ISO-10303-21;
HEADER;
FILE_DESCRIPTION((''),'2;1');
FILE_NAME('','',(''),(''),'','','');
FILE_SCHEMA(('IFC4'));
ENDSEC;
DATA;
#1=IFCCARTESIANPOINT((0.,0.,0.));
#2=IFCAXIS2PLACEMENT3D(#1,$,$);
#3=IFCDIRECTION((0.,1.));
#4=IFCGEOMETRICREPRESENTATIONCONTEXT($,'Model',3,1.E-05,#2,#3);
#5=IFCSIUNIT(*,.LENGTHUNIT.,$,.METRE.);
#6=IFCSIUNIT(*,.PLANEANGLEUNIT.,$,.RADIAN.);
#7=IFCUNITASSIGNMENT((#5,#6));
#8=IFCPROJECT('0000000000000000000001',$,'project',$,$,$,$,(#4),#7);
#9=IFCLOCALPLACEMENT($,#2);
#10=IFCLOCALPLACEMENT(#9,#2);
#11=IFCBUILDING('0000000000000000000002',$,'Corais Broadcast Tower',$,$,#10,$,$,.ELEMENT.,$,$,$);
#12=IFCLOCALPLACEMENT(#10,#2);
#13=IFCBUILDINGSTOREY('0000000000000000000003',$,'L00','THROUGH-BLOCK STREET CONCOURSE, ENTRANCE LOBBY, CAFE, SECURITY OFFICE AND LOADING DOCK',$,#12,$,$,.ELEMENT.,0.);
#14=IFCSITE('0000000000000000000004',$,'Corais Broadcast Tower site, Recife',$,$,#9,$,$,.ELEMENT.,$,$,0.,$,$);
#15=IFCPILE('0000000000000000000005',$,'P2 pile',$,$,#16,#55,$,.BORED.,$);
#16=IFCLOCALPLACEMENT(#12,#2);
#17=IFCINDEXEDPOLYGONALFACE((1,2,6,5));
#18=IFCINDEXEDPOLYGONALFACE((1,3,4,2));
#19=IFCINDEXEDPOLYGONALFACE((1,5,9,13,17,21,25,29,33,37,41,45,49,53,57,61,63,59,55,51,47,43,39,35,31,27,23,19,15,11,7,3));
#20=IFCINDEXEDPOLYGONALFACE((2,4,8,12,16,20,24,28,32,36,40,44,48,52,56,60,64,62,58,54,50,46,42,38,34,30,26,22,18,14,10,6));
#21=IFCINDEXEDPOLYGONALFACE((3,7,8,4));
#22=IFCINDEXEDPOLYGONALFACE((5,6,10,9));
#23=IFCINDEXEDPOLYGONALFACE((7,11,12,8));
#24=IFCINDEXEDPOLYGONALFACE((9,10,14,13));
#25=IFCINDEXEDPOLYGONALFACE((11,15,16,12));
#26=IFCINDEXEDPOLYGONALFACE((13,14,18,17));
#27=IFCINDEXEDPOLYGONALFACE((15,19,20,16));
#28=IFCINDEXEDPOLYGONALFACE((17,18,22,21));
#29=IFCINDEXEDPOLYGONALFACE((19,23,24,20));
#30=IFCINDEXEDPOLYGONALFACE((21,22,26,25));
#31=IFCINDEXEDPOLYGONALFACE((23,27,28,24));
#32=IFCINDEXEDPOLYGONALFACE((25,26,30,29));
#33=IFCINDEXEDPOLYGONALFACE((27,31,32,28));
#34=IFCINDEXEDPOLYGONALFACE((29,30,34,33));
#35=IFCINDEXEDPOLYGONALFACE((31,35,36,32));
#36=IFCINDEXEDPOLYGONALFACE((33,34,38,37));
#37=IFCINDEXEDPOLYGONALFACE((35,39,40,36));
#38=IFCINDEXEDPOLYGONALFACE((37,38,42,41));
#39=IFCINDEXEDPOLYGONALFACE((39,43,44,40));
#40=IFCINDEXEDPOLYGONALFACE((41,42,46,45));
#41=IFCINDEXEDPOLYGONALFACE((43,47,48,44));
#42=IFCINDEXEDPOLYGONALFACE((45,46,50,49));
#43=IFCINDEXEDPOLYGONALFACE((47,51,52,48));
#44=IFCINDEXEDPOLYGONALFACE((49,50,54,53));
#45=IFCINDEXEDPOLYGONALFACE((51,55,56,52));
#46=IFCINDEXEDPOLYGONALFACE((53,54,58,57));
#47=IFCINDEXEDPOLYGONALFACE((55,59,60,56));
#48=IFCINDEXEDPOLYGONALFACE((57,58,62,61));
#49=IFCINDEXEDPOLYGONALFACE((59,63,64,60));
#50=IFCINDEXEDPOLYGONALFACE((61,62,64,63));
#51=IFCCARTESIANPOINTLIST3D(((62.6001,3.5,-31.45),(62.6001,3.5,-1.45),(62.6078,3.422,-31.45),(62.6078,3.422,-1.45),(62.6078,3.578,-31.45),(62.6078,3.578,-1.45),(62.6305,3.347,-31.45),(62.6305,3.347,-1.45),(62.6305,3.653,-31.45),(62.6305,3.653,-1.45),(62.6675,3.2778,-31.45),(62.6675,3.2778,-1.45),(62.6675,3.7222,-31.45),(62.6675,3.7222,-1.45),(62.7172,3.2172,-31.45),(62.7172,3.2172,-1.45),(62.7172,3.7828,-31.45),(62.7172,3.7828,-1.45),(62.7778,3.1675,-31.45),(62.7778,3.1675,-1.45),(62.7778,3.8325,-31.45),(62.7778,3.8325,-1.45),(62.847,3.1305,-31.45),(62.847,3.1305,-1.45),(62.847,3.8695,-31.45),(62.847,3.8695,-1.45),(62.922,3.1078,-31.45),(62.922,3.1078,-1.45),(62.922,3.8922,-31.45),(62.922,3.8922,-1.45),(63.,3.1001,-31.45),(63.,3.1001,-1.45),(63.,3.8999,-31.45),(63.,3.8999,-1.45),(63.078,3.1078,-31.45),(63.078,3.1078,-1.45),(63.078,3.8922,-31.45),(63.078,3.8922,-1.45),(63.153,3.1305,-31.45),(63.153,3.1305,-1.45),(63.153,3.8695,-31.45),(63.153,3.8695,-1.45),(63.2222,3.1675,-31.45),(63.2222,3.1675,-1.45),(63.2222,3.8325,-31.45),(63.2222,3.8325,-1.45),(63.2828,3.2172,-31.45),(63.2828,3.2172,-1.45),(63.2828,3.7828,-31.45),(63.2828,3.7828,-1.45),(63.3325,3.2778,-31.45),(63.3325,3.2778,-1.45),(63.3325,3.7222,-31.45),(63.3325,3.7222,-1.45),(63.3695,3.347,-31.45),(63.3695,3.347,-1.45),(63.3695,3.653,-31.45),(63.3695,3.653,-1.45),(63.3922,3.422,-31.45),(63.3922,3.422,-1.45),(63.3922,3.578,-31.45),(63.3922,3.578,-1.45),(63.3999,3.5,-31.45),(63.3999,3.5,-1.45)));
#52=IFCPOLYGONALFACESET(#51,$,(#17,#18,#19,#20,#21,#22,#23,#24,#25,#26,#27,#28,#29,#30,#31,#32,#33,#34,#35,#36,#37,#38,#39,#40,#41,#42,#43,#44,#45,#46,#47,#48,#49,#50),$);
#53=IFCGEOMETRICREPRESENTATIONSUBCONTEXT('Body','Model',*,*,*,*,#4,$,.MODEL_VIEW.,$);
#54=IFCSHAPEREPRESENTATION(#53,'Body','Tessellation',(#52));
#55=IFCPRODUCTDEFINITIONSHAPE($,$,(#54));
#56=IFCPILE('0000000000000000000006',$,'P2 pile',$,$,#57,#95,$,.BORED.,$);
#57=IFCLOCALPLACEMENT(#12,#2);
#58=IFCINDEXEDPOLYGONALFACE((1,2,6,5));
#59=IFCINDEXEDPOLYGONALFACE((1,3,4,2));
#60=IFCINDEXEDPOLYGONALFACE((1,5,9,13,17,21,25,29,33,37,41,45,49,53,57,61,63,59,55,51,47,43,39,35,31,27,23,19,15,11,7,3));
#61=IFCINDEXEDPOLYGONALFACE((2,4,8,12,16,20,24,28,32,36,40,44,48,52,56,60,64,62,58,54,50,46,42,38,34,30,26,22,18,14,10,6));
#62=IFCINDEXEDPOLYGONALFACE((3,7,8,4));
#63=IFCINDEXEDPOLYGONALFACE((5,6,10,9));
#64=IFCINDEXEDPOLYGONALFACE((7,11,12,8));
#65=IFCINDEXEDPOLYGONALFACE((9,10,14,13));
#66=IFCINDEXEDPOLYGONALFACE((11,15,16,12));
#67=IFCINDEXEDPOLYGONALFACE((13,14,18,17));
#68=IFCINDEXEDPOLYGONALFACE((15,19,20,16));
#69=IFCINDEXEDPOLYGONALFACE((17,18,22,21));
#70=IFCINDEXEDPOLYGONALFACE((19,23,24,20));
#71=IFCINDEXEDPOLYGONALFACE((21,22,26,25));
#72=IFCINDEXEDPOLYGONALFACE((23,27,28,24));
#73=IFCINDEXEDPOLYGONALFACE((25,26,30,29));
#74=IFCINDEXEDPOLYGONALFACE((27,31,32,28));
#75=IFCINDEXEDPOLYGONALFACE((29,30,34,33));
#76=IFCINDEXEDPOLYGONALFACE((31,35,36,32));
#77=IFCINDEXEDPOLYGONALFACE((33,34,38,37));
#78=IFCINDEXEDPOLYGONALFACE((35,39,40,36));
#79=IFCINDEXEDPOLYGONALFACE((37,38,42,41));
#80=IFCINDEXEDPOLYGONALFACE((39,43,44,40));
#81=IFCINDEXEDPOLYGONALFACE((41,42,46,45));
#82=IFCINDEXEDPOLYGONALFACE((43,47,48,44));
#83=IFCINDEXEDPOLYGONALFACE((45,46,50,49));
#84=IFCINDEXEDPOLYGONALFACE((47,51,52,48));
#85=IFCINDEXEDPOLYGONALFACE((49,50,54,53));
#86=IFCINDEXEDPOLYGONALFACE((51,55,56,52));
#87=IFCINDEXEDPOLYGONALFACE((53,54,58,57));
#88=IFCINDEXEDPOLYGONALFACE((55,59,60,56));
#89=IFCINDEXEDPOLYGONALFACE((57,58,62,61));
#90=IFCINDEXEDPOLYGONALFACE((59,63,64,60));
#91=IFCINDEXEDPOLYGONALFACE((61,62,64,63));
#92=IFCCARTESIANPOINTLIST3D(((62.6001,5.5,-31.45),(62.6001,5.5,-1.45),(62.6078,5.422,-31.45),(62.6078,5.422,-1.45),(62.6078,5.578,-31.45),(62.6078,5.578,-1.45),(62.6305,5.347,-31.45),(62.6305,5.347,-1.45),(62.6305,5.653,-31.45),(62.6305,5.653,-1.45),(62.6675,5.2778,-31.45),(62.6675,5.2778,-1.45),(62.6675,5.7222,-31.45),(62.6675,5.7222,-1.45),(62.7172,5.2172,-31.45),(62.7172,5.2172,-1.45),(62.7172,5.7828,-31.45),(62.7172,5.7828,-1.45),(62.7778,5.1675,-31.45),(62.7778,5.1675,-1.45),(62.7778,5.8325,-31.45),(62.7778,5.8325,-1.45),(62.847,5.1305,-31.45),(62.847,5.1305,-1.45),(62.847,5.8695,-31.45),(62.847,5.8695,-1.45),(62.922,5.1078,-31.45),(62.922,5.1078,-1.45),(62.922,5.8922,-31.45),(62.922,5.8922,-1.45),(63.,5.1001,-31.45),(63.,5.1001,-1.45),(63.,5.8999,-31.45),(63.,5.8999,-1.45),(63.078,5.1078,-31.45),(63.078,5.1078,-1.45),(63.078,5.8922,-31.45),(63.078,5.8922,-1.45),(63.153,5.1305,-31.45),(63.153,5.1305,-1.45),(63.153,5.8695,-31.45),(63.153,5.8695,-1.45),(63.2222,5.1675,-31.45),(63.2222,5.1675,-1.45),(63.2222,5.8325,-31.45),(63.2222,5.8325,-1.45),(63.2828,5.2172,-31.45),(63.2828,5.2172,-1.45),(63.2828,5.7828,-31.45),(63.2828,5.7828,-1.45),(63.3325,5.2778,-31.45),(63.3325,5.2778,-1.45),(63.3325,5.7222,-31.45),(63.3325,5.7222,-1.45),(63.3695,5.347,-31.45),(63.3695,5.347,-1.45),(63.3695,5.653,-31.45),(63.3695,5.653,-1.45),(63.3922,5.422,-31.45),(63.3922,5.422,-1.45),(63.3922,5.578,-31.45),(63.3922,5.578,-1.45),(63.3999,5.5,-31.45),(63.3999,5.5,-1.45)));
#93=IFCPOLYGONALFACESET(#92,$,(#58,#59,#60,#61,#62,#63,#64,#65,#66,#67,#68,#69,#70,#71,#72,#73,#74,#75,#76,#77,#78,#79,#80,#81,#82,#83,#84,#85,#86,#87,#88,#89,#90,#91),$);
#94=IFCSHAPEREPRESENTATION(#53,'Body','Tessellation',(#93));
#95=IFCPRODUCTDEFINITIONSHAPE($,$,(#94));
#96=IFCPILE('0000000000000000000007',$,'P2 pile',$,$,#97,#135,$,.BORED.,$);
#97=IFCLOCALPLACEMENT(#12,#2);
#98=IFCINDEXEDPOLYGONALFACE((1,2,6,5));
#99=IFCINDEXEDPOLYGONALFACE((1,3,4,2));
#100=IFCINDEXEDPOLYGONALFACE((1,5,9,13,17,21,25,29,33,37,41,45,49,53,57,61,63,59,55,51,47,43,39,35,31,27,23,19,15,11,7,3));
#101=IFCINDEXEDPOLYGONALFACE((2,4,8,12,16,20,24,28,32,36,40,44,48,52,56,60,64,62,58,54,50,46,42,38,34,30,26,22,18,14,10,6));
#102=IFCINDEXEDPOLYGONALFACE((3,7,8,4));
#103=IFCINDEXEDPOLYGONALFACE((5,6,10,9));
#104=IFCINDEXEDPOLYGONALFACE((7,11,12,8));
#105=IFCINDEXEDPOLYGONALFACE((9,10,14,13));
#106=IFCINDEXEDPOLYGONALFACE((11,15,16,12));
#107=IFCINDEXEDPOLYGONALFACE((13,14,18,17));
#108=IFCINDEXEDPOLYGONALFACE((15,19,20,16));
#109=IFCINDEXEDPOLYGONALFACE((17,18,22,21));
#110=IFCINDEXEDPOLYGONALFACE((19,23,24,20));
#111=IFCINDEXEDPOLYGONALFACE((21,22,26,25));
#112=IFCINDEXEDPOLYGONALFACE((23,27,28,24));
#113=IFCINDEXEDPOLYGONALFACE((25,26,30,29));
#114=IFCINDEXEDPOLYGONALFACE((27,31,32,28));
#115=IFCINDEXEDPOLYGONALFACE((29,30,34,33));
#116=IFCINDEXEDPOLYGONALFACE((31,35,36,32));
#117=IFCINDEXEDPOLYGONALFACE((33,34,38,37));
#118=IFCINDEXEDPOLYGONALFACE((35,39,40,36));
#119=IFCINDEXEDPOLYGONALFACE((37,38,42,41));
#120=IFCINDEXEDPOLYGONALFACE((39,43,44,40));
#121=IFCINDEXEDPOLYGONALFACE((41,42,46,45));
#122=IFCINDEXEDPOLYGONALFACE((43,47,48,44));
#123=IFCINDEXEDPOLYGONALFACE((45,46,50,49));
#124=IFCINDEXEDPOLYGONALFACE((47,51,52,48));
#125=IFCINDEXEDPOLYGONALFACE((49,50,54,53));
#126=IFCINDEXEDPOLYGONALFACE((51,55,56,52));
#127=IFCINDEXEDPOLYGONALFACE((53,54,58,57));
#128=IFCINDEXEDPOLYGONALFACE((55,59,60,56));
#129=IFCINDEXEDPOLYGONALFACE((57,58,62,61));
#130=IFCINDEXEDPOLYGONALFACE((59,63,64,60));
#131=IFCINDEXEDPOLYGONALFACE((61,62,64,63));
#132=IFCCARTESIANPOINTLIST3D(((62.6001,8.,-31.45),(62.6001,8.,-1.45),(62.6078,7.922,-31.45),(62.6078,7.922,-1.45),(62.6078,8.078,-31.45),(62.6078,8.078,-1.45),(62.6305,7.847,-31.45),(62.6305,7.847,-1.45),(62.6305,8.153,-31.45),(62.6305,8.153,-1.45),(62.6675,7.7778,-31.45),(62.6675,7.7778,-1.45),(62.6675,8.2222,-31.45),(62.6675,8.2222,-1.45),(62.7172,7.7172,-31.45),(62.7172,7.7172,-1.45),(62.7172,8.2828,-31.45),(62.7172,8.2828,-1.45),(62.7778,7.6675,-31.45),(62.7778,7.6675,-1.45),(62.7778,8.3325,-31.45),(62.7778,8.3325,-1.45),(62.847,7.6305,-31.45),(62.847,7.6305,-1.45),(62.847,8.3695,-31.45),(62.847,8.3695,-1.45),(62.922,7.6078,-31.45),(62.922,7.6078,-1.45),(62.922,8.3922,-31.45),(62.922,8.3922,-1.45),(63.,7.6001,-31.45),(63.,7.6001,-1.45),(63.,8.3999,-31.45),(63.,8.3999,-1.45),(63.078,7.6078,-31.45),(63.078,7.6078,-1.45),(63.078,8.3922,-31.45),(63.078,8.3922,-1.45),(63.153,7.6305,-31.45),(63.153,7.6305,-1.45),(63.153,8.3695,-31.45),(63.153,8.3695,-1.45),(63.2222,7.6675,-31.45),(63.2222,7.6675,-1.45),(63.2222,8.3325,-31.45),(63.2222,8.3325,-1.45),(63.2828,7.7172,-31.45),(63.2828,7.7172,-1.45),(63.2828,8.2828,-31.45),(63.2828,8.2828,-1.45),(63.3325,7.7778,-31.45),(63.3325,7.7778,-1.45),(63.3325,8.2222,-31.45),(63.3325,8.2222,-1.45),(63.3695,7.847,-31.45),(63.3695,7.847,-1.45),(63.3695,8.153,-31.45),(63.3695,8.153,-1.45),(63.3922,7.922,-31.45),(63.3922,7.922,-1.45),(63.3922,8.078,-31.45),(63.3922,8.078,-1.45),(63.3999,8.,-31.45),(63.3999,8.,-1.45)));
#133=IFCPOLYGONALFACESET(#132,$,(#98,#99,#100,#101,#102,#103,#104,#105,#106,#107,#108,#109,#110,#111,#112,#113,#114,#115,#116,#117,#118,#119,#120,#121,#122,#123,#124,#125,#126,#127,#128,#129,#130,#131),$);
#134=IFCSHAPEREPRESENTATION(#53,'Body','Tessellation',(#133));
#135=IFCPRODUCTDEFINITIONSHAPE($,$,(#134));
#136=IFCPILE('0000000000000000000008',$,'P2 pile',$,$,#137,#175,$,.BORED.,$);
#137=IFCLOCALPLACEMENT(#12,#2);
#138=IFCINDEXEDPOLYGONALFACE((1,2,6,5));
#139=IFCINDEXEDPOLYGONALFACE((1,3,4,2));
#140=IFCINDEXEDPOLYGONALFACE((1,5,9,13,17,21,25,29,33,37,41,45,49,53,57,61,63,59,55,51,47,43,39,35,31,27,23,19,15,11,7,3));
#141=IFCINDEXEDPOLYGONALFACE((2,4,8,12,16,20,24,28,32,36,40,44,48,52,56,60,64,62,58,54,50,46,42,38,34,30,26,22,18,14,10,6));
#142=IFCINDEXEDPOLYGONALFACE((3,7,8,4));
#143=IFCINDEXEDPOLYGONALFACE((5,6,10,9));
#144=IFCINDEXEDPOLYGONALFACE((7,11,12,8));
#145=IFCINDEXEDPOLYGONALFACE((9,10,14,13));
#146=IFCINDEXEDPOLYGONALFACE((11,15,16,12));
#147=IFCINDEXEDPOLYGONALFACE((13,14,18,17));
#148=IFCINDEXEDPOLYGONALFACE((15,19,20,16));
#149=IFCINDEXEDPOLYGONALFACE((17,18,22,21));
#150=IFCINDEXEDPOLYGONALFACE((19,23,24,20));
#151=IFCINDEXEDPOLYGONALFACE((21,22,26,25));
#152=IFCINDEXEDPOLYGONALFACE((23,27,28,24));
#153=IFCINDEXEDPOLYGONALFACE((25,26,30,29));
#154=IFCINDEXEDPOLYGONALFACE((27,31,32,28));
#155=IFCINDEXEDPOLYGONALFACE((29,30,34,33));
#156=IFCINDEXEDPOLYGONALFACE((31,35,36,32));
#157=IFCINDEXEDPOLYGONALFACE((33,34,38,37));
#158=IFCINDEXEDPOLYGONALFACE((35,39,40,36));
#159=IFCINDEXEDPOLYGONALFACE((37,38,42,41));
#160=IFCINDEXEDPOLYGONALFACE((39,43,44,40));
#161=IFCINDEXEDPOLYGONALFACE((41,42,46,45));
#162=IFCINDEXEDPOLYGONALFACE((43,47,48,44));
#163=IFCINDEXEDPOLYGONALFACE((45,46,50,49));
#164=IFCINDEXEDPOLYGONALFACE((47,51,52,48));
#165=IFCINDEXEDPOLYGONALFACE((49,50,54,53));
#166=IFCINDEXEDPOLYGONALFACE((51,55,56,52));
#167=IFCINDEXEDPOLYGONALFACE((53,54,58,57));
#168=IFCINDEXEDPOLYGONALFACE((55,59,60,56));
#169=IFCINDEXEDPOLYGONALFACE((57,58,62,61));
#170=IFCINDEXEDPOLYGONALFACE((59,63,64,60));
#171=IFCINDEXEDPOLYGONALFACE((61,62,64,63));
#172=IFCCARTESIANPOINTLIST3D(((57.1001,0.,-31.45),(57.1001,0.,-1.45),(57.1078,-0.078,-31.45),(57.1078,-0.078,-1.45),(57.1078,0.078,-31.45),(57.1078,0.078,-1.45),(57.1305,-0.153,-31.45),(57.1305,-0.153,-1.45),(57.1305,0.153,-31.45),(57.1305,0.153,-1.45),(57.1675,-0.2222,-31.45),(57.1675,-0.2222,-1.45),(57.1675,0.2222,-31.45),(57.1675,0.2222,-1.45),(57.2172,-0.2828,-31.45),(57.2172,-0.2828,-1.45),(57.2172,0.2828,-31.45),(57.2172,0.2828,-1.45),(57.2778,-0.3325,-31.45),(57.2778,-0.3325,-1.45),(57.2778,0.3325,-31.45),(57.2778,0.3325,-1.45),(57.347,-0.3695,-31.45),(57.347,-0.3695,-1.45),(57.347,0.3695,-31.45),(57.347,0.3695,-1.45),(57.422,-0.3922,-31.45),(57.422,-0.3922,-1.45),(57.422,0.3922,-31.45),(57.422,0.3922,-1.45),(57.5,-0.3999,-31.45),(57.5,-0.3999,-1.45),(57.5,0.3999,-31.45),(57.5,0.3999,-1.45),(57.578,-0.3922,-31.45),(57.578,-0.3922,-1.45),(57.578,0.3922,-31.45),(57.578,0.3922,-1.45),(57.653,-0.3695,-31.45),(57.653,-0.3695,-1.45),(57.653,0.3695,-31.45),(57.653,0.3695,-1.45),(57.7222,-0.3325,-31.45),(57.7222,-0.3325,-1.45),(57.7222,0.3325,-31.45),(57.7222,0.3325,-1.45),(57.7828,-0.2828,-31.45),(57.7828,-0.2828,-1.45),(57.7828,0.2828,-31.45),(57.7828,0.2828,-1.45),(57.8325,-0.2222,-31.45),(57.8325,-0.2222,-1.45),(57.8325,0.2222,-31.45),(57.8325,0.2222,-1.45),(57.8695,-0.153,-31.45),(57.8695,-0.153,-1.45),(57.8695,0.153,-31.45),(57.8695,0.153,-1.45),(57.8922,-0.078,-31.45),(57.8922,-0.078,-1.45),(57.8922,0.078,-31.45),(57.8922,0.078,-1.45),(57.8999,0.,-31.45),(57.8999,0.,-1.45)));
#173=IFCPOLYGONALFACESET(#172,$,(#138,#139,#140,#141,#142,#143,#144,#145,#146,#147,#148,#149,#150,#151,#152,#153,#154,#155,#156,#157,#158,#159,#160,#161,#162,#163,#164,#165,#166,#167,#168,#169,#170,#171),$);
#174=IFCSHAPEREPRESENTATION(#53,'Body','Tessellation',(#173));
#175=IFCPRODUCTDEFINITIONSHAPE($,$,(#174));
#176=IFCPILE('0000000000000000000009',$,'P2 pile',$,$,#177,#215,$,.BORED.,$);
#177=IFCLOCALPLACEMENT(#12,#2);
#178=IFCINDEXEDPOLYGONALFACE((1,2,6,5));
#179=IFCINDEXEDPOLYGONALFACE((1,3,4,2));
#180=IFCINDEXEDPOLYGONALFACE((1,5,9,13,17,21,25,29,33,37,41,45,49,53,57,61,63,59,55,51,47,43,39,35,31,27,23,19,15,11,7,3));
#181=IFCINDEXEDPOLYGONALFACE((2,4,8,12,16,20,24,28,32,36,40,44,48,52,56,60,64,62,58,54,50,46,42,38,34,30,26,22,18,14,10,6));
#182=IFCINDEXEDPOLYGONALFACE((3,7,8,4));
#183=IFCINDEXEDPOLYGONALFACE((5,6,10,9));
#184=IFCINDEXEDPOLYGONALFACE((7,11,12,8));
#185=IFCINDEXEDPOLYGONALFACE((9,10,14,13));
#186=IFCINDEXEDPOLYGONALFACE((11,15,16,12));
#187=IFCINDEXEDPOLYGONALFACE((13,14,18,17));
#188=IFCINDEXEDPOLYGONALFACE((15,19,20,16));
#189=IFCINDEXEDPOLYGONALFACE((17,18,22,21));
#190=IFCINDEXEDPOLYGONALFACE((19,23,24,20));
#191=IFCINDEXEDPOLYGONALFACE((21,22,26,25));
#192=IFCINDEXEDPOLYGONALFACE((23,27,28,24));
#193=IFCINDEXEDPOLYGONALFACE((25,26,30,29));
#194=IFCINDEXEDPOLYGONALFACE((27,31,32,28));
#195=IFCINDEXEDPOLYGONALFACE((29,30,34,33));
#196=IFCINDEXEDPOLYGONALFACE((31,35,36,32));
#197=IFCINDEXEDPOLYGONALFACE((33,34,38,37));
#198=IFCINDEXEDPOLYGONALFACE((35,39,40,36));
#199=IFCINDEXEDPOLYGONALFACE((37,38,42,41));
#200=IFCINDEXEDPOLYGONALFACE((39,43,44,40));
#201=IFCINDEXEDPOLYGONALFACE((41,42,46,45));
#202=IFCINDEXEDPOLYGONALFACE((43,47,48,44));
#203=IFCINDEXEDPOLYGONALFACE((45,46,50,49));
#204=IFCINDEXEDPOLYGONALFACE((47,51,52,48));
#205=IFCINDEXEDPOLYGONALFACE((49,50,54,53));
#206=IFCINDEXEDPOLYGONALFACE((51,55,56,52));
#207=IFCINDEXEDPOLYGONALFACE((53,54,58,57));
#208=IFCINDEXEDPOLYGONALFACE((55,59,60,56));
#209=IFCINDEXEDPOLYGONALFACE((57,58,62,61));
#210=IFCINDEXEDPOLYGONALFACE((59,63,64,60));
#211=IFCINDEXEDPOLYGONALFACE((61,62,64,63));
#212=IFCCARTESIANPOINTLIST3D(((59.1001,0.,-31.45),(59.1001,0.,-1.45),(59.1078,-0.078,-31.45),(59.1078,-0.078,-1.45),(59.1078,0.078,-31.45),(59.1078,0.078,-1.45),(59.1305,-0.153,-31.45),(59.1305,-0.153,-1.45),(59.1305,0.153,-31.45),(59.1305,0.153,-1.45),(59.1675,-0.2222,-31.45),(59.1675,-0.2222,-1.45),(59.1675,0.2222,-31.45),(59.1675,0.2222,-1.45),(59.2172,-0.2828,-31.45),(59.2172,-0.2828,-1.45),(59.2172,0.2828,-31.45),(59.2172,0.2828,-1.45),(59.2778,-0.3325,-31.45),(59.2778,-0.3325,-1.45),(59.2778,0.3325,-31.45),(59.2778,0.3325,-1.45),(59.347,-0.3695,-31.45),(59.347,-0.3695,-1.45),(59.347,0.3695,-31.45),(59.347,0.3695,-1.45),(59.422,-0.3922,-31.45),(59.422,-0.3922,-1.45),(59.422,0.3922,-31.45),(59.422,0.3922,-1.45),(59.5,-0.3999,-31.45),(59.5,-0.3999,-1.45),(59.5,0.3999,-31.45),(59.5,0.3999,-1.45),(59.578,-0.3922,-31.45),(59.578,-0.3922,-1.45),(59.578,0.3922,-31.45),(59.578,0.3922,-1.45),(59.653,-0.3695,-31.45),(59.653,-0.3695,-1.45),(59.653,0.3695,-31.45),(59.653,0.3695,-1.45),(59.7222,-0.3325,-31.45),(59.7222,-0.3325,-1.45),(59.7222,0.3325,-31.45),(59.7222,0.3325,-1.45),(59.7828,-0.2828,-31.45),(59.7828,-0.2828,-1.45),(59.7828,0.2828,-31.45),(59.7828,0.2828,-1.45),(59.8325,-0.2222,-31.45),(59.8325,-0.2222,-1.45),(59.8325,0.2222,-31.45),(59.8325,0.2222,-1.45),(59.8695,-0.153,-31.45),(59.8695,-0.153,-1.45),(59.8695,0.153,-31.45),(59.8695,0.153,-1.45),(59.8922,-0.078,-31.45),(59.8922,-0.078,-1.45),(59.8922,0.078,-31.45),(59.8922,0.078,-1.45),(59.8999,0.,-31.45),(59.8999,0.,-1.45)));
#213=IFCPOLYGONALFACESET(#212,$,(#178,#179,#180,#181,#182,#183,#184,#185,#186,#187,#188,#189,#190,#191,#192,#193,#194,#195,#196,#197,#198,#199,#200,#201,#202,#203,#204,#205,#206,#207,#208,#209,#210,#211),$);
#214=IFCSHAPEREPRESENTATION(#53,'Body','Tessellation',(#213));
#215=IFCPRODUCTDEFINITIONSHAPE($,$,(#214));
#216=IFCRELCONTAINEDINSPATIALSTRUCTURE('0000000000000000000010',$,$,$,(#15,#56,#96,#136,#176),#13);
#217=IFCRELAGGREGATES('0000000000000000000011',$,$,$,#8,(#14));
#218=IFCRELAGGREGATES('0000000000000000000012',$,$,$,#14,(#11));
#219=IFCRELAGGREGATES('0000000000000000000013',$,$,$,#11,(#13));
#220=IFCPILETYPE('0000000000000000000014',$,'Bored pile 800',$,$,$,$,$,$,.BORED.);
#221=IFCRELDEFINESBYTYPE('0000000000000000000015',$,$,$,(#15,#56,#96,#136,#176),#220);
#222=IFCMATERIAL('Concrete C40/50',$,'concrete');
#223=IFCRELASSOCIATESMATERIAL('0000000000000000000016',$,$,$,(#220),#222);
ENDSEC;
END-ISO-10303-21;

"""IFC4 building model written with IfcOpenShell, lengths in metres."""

from ifc_helpers import new_model, si_unit, direction, frame, origin, origin_2d, place, context, subcontext, project, spatial, circle, extrude, material, type_object, element, save


model = new_model("IFC4")

# Units and contexts
model_context = context("Model", 3, precision=1e-05, world=origin(), true_north=direction((0.0, 1.0)))
body_context = subcontext(model_context, "Body", "Model", "MODEL_VIEW")
ifc_project = project(units=[si_unit("LENGTHUNIT", "METRE"), si_unit("PLANEANGLEUNIT", "RADIAN")], contexts=[model_context])

# Site, building, storey
site_placement = place(None, origin())
site = spatial("IfcSite", under=ifc_project, at=site_placement, Name="Corais Broadcast Tower site, Recife", CompositionType="ELEMENT", RefElevation=0.0)
building_placement = place(site_placement, origin())
building = spatial("IfcBuilding", under=site, at=building_placement, Name="Corais Broadcast Tower", CompositionType="ELEMENT")
storey_placement = place(building_placement, origin())
storey = spatial("IfcBuildingStorey", under=building, at=storey_placement, Name="L00", Description="THROUGH-BLOCK STREET CONCOURSE, ENTRANCE LOBBY, CAFE, SECURITY OFFICE AND LOADING DOCK", CompositionType="ELEMENT", Elevation=0.0)

# Piles
ifc_material_1 = material(Name="Concrete C40/50", Category="concrete")
pile_type = type_object("IfcPileType", Name="Bored pile 800", PredefinedType="BORED", material=ifc_material_1)
for number, where, z_axis, x_axis, name in (
    (1, (63.0, 3.5, -1.45), (0.0, 0.0, -1.0), (1.0, 0.0, 0.0), "P2 pile"),
    (2, (63.0, 5.5, -1.45), (0.0, 0.0, -1.0), (1.0, 0.0, 0.0), "P2 pile"),
    (3, (63.0, 8.0, -1.45), (0.0, 0.0, -1.0), (1.0, 0.0, 0.0), "P2 pile"),
    (4, (57.5, 0.0, -1.45), (0.0, 0.0, -1.0), (1.0, 0.0, 0.0), "P2 pile"),
    (5, (59.5, 0.0, -1.45), (0.0, 0.0, -1.0), (1.0, 0.0, 0.0), "P2 pile"),
):
    element("IfcPile", number, at=place(storey_placement, frame(where, z_axis=z_axis, x_axis=x_axis)), inside=storey, type_object=pile_type, Name=name, PredefinedType="BORED", context=body_context, shape_type="SweptSolid", body=[
        extrude(circle(Radius=0.3999, at=origin_2d()), origin(), (0.0, 0.0, 1.0), 30.0),
    ])

save(model, "model.ifc")
